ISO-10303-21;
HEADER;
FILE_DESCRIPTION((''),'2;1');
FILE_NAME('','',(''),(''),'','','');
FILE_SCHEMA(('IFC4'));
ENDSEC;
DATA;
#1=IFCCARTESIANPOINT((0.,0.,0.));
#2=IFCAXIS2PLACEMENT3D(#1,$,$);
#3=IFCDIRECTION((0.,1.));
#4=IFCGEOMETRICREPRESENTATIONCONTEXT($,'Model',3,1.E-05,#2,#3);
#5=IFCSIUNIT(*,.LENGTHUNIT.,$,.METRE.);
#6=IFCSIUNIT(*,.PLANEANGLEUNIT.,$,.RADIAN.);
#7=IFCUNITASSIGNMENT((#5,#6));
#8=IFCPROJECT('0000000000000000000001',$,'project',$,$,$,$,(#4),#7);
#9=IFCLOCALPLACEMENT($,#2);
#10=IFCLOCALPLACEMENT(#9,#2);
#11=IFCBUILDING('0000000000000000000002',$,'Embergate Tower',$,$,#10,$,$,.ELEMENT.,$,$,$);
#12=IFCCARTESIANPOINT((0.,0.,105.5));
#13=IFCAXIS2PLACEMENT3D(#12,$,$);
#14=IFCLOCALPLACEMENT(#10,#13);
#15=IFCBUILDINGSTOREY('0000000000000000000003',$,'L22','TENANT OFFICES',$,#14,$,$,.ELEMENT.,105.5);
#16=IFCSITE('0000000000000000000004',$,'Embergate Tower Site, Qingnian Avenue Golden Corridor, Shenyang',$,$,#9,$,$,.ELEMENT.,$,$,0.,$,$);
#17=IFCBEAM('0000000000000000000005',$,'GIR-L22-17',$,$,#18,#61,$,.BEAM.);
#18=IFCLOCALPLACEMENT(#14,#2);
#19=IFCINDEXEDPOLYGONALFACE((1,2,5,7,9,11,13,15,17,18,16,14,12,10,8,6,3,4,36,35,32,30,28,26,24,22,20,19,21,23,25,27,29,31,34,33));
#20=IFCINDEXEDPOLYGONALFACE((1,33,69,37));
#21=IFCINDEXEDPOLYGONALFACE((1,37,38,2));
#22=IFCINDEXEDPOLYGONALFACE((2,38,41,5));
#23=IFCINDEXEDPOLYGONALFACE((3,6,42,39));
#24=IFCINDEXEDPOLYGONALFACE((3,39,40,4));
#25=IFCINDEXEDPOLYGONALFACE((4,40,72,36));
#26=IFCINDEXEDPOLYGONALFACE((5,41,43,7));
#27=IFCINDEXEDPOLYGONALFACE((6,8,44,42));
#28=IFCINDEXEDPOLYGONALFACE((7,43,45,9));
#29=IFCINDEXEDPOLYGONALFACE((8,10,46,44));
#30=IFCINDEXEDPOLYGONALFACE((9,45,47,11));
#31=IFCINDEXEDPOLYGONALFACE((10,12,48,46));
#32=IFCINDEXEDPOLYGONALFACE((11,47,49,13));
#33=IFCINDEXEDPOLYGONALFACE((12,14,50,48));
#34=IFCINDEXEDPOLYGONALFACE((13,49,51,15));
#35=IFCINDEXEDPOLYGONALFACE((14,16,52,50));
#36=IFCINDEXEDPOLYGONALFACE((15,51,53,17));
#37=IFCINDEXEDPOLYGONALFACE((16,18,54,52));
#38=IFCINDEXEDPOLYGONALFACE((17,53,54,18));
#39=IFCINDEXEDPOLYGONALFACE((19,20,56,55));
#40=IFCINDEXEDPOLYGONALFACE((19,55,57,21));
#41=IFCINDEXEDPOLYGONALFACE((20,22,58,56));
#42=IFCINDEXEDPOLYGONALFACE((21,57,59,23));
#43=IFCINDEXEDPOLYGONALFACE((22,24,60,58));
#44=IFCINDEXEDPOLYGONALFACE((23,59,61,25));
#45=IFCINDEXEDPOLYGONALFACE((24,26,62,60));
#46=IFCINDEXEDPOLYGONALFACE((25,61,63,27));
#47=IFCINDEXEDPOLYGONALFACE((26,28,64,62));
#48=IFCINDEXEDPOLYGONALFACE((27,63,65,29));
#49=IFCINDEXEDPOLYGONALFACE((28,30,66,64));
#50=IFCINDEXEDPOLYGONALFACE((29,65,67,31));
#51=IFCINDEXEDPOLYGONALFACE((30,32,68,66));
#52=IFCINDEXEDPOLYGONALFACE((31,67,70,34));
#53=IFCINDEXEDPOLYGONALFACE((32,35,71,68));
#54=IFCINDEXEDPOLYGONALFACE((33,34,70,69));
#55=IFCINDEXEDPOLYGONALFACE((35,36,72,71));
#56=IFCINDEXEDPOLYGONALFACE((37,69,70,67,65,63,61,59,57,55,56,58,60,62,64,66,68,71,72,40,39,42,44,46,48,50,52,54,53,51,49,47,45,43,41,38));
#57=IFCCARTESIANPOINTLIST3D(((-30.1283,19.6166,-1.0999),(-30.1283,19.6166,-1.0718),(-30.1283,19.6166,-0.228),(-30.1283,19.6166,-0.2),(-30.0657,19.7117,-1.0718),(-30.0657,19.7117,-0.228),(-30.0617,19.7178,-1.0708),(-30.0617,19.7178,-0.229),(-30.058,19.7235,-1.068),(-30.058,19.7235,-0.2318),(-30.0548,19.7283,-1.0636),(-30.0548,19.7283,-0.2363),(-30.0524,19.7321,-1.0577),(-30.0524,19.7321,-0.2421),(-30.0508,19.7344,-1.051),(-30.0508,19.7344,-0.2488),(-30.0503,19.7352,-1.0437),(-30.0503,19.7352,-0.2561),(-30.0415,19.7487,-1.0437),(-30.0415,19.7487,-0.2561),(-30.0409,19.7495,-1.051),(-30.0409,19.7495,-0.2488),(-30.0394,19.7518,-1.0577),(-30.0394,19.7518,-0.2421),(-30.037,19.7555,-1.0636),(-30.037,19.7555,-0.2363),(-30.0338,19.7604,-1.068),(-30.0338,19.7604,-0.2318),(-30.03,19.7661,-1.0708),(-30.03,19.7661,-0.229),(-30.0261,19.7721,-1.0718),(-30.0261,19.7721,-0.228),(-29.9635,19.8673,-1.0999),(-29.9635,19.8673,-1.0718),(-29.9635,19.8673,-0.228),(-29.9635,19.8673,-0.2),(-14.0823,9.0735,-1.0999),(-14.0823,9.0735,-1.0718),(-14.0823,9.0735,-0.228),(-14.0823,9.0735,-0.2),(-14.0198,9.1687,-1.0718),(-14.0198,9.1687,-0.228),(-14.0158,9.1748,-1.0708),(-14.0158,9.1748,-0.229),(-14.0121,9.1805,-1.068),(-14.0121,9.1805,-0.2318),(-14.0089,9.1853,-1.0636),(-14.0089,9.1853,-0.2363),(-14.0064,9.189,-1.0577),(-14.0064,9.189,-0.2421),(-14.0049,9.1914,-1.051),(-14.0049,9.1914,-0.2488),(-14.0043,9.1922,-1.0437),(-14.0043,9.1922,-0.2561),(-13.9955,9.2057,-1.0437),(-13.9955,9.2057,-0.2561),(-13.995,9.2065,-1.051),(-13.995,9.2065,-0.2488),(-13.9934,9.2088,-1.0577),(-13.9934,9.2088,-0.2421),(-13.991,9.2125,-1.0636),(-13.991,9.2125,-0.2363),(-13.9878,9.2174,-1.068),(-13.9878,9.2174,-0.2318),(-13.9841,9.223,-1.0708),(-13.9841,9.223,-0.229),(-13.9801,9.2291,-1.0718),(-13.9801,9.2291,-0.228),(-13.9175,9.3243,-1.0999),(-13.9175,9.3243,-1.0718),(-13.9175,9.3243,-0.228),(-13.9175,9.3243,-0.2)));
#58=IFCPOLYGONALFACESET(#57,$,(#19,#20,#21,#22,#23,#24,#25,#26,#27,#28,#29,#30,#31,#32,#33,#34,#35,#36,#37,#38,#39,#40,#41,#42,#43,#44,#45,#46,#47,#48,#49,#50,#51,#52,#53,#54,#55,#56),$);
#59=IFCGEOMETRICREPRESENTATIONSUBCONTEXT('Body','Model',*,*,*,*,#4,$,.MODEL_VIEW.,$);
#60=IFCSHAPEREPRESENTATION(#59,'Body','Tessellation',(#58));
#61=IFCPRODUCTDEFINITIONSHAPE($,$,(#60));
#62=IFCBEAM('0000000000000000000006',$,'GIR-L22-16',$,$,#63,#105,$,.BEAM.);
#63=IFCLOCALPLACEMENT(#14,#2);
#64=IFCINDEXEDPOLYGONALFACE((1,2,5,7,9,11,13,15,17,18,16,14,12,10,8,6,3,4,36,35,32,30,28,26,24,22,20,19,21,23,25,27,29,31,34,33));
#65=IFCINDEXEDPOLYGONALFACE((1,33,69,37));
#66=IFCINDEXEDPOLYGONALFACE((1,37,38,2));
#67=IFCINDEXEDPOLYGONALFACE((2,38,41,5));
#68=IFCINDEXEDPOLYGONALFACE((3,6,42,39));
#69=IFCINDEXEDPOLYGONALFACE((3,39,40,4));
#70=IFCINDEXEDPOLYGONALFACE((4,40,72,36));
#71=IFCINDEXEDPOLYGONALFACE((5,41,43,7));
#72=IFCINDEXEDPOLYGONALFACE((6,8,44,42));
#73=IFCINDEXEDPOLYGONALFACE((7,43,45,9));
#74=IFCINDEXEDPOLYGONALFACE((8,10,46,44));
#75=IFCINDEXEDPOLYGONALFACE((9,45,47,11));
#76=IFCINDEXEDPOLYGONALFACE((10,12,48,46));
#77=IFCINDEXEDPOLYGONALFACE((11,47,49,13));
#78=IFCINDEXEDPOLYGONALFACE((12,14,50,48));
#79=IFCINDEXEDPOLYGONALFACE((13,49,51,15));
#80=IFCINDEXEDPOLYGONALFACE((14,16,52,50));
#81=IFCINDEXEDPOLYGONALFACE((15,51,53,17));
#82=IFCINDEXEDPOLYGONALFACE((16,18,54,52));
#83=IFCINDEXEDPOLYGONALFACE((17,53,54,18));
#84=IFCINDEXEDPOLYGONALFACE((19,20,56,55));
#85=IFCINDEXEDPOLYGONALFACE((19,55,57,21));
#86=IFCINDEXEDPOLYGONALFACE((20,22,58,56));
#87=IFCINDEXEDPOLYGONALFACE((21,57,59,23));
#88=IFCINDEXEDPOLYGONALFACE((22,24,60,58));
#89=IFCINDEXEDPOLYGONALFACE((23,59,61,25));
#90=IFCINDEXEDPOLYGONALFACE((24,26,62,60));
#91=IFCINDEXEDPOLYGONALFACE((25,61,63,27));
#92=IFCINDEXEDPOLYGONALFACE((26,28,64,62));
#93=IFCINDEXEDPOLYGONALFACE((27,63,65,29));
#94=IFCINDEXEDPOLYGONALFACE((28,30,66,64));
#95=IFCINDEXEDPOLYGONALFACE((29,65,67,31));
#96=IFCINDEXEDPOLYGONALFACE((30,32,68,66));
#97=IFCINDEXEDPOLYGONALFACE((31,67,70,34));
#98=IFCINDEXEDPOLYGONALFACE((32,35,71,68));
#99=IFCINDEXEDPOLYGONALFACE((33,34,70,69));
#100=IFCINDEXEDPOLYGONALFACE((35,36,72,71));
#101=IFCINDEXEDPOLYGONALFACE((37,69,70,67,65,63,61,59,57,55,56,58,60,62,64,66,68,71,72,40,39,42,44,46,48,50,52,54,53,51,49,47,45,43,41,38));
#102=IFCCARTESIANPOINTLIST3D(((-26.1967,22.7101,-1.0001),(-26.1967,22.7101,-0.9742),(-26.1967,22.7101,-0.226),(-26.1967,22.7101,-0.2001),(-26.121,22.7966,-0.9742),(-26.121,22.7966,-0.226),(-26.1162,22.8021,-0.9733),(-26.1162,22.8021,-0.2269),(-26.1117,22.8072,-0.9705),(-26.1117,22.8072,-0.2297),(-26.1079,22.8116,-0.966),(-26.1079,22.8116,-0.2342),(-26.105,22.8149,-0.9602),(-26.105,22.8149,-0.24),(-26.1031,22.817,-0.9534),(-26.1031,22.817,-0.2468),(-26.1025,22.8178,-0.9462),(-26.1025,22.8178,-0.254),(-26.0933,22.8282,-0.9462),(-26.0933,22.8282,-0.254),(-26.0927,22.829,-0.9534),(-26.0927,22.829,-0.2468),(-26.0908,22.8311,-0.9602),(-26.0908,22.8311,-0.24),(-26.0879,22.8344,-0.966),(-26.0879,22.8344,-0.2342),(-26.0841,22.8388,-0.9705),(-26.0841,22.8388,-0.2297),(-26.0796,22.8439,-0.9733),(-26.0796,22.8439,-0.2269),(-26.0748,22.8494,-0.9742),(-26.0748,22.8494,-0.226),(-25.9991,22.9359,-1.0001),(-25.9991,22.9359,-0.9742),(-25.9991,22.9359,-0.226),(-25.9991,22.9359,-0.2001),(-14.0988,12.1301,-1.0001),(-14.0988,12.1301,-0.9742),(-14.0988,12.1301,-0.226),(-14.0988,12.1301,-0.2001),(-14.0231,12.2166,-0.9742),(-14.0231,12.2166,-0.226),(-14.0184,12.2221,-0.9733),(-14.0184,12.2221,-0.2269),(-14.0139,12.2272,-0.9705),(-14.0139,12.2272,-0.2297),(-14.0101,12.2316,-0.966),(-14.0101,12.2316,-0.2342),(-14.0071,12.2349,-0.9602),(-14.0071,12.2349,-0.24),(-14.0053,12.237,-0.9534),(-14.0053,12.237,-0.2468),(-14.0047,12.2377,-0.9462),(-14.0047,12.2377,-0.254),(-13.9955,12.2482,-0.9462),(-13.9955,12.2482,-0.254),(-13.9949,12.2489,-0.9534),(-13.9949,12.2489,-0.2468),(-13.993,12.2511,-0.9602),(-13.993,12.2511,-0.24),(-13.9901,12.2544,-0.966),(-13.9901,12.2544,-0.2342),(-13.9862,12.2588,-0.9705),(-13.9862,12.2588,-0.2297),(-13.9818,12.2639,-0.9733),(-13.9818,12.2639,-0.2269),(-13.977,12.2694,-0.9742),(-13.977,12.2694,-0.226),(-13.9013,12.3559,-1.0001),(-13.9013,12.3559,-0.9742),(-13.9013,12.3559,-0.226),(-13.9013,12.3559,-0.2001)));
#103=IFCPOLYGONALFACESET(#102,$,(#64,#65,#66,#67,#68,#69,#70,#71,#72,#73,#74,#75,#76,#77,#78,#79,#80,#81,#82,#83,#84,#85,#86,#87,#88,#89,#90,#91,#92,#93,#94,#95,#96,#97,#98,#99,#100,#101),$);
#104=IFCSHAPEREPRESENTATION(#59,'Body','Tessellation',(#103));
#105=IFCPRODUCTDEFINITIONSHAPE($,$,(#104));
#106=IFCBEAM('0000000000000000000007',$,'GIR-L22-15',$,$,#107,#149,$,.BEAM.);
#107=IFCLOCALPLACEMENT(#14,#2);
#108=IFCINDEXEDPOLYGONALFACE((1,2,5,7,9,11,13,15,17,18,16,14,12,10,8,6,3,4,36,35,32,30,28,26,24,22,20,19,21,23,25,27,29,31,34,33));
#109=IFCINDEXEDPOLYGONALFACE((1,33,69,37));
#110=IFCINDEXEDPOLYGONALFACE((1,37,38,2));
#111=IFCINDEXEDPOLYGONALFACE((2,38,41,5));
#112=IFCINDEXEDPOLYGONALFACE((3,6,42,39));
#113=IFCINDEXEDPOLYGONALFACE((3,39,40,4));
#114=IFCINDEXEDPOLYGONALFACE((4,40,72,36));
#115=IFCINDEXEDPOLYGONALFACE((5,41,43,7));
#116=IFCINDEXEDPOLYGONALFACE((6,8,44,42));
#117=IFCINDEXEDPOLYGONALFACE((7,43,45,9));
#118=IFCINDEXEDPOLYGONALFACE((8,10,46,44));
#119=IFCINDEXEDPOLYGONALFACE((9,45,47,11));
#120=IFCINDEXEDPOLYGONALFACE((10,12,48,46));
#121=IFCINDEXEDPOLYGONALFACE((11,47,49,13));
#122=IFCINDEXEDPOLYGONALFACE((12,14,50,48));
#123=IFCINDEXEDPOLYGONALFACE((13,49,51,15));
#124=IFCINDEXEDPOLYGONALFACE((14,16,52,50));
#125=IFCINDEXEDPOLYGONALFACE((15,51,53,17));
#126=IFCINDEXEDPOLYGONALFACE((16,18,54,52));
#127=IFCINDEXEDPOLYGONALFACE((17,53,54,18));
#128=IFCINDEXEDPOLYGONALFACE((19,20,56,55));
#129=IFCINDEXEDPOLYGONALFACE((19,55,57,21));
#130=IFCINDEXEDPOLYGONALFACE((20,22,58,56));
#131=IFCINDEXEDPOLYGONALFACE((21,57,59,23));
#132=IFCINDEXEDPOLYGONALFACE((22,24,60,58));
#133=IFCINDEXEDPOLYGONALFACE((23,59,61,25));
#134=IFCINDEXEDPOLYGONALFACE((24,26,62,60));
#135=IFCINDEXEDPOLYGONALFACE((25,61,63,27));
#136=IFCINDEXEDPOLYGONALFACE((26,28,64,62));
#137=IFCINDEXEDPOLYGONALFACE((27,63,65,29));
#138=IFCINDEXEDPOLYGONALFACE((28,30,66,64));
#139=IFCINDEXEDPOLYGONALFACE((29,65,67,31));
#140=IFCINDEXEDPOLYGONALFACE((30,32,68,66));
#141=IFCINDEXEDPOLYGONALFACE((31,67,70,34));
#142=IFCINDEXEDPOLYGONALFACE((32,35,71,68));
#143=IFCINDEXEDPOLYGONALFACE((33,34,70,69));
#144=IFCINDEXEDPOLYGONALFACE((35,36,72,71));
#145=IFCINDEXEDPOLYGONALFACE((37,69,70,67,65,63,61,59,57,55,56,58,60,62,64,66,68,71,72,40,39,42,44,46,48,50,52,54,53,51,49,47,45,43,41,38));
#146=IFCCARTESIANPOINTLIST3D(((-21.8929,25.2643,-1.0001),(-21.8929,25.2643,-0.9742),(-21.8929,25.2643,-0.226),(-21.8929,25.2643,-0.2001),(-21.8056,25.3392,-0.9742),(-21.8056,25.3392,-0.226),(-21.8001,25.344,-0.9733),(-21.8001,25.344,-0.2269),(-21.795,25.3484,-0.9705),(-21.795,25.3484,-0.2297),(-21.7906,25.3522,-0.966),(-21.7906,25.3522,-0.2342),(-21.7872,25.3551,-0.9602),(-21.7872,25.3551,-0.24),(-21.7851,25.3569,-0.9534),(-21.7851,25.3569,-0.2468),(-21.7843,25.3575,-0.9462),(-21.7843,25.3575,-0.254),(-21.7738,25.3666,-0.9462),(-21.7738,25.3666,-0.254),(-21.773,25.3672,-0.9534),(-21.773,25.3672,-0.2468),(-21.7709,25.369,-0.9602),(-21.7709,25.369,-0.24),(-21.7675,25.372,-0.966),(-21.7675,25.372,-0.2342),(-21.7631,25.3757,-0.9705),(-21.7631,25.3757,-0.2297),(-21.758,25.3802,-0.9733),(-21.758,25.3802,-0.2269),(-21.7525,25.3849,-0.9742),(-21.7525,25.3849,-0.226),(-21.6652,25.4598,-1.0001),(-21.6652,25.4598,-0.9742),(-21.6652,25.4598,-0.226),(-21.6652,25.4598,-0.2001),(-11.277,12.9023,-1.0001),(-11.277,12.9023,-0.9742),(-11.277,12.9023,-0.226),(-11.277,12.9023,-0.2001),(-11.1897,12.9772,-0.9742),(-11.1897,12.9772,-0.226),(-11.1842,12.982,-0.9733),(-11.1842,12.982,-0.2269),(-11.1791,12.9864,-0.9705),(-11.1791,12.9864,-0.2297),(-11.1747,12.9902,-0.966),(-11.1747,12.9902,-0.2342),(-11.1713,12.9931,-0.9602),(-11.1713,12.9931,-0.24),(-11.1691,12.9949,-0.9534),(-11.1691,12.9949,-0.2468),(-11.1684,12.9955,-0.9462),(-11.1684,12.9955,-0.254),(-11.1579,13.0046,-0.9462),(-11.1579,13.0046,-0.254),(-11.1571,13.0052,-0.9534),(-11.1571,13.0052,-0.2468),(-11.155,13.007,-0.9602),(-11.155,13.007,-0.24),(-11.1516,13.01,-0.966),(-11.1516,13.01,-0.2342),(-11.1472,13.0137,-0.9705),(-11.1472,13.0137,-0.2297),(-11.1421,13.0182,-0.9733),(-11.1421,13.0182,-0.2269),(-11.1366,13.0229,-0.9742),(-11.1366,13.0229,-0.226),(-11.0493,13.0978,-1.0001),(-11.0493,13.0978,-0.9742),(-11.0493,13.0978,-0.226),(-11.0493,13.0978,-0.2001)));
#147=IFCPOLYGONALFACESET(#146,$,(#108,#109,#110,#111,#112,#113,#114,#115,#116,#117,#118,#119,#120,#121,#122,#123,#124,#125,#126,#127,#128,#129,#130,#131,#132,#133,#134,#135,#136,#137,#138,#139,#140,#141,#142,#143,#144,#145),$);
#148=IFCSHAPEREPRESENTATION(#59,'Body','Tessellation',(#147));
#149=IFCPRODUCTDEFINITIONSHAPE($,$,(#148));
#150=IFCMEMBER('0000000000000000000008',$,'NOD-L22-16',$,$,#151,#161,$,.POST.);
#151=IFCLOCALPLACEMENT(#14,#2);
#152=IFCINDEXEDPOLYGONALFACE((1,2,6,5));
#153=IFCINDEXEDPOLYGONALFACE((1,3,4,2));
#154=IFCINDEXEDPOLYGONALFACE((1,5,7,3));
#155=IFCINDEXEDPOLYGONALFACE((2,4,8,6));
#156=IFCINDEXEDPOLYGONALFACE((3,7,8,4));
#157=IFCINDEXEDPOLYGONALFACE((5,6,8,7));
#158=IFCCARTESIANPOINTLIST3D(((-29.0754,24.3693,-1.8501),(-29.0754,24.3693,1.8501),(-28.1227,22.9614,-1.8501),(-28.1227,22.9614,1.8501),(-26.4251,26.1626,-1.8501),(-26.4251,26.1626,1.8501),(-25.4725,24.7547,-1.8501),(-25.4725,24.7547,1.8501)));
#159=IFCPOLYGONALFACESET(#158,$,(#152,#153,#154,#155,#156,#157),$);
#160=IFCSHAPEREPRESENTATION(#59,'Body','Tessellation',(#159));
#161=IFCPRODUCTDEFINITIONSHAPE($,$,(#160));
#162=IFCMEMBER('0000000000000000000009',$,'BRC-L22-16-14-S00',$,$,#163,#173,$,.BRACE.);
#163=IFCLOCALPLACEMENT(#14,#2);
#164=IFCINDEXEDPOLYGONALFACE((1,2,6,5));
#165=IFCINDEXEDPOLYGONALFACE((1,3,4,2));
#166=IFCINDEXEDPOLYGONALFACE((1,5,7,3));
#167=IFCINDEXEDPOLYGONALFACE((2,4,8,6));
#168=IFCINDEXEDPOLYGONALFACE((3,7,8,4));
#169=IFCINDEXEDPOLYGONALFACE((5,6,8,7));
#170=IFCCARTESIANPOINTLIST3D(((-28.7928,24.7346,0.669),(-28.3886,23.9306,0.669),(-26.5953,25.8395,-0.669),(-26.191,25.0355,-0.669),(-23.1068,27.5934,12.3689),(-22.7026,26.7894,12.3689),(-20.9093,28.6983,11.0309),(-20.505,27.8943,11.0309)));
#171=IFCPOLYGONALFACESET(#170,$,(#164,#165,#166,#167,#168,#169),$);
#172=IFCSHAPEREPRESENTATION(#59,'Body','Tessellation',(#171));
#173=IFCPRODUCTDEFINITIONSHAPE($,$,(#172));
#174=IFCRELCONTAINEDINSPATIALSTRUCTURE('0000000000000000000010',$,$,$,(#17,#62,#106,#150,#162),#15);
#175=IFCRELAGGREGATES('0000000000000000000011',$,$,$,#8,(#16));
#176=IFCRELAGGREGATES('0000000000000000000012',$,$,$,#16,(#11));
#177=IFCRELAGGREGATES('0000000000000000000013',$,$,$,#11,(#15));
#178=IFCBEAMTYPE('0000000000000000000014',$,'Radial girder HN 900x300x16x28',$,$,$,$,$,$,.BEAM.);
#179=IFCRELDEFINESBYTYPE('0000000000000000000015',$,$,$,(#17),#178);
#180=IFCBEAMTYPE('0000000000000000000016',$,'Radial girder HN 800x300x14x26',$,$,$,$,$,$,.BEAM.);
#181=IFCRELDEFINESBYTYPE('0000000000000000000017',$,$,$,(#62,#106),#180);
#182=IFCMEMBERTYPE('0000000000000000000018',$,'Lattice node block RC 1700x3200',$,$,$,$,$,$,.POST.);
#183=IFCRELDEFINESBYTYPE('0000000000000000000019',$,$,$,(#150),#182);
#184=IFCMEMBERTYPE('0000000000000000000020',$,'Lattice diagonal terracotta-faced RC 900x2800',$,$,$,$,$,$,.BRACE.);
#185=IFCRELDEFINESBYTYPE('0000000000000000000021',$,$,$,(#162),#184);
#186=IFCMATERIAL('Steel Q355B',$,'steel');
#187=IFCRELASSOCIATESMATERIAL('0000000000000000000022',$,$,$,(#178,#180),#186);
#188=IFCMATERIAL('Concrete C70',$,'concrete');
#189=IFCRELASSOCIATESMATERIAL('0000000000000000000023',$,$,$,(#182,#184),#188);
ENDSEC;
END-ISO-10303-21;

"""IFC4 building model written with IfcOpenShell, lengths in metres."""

from ifc_helpers import new_model, si_unit, direction, frame, origin, origin_2d, place, context, subcontext, project, spatial, rectangle, i_section, extrude, source, transform, mapped, material, material_profile, profile_set, type_object, element, save


model = new_model("IFC4")

# Units and contexts
model_context = context("Model", 3, precision=1e-05, world=origin(), true_north=direction((0.0, 1.0)))
body_context = subcontext(model_context, "Body", "Model", "MODEL_VIEW")
ifc_project = project(units=[si_unit("LENGTHUNIT", "METRE"), si_unit("PLANEANGLEUNIT", "RADIAN")], contexts=[model_context])

# Site, building, storey
site_placement = place(None, origin())
site = spatial("IfcSite", under=ifc_project, at=site_placement, Name="Embergate Tower Site, Qingnian Avenue Golden Corridor, Shenyang", CompositionType="ELEMENT", RefElevation=0.0)
building_placement = place(site_placement, origin())
building = spatial("IfcBuilding", under=site, at=building_placement, Name="Embergate Tower", CompositionType="ELEMENT")
storey_placement = place(building_placement, frame((0.0, 0.0, 105.5)))
storey = spatial("IfcBuildingStorey", under=building, at=storey_placement, Name="L22", Description="TENANT OFFICES", CompositionType="ELEMENT", Elevation=105.5)

# Shared definitions
ifc_material_1 = material(Name="Concrete C70", Category="concrete")

# Beams
ifc_material_2 = material(Name="Steel Q355B", Category="steel")
ifc_material_profile_1 = material_profile(ifc_material_2, i_section(OverallWidth=0.3, OverallDepth=0.8999, WebThickness=0.0161, FlangeThickness=0.0281, FilletRadius=0.0281, at=origin_2d()), Name="HN 900x300x16x28")
ifc_profile_set_1 = profile_set([ifc_material_profile_1], Name="Steel Q355 grade B")
beam_type_1 = type_object("IfcBeamType", Name="Radial girder HN 900x300x16x28", PredefinedType="BEAM", material=ifc_profile_set_1)
shared_shape_1 = source(origin(), body_context, "Body", "SweptSolid", [
    extrude(i_section(OverallWidth=0.3, OverallDepth=0.8999, WebThickness=0.0161, FlangeThickness=0.0281, FilletRadius=0.0281, at=origin_2d()), origin(), (0.0, 0.0, 1.0), 19.1997),
])
beam_1_placement = place(storey_placement, frame((-30.0459, 19.7419, -0.6499), z_axis=(0.835741, -0.549124, 0.0), x_axis=(0.549124, 0.835741, 0.0)))
element("IfcBeam", 1, at=beam_1_placement, inside=storey, type_object=beam_type_1, Name="GIR-L22-17", PredefinedType="BEAM", context=body_context, shape_type="MappedRepresentation", body=[
    mapped(shared_shape_1, transform((0.0, 0.0, 0.0))),
])
ifc_material_profile_2 = material_profile(ifc_material_2, i_section(OverallWidth=0.3, OverallDepth=0.8, WebThickness=0.0139, FlangeThickness=0.0259, FilletRadius=0.0281, at=origin_2d()), Name="HN 800x300x14x26")
ifc_profile_set_2 = profile_set([ifc_material_profile_2], Name="Steel Q355 grade B")
beam_type_2 = type_object("IfcBeamType", Name="Radial girder HN 800x300x14x26", PredefinedType="BEAM", material=ifc_profile_set_2)
shared_shape_2 = source(origin(), body_context, "Body", "SweptSolid", [
    extrude(i_section(OverallWidth=0.3, OverallDepth=0.8, WebThickness=0.0139, FlangeThickness=0.0259, FilletRadius=0.0281, at=origin_2d()), origin(), (0.0, 0.0, 1.0), 16.0715),
])
beam_2_placement = place(storey_placement, frame((-26.0979, 22.823, -0.6001), z_axis=(0.752749, -0.658308, 0.0), x_axis=(0.658308, 0.752749, 0.0)))
element("IfcBeam", 2, at=beam_2_placement, inside=storey, type_object=beam_type_2, Name="GIR-L22-16", PredefinedType="BEAM", context=body_context, shape_type="MappedRepresentation", body=[
    mapped(shared_shape_2, transform((0.0, 0.0, 0.0))),
])
shared_shape_3 = source(origin(), body_context, "Body", "SweptSolid", [
    extrude(i_section(OverallWidth=0.3, OverallDepth=0.8, WebThickness=0.0139, FlangeThickness=0.0259, FilletRadius=0.0281, at=origin_2d()), origin(), (0.0, 0.0, 1.0), 16.2947),
])
beam_3_placement = place(storey_placement, frame((-21.7791, 25.3621, -0.6001), z_axis=(0.651496, -0.758652, 0.0), x_axis=(0.758652, 0.651496, 0.0)))
element("IfcBeam", 3, at=beam_3_placement, inside=storey, type_object=beam_type_2, Name="GIR-L22-15", PredefinedType="BEAM", context=body_context, shape_type="MappedRepresentation", body=[
    mapped(shared_shape_3, transform((0.0, 0.0, 0.0))),
])

# Members
ifc_material_profile_3 = material_profile(ifc_material_1, rectangle(XDim=1.7, YDim=3.2, at=origin_2d()), Name="RC 1700x3200")
ifc_profile_set_3 = profile_set([ifc_material_profile_3], Name="Concrete C70")
member_type_1 = type_object("IfcMemberType", Name="Lattice node block RC 1700x3200", PredefinedType="POST", material=ifc_profile_set_3)
shared_shape_4 = source(origin(), body_context, "Body", "SweptSolid", [
    extrude(rectangle(XDim=1.7, YDim=3.2, at=origin_2d()), origin(), (0.0, 0.0, 1.0), 3.7002),
])
member_1_placement = place(storey_placement, frame((-27.2739, 24.562, -1.8501), z_axis=(0.0, 0.0, 1.0), x_axis=(-0.560408, 0.828217, 0.0)))
element("IfcMember", 4, at=member_1_placement, inside=storey, type_object=member_type_1, Name="NOD-L22-16", PredefinedType="POST", context=body_context, shape_type="MappedRepresentation", body=[
    mapped(shared_shape_4, transform((0.0, 0.0, 0.0))),
])
ifc_material_profile_4 = material_profile(ifc_material_1, rectangle(XDim=0.8999, YDim=2.8, at=origin_2d()), Name="RC 900x2800")
ifc_profile_set_4 = profile_set([ifc_material_profile_4], Name="Concrete C70")
member_type_2 = type_object("IfcMemberType", Name="Lattice diagonal terracotta-faced RC 900x2800", PredefinedType="BRACE", material=ifc_profile_set_4)
shared_shape_5 = source(origin(), body_context, "Body", "SweptSolid", [
    extrude(rectangle(XDim=0.8999, YDim=2.8, at=origin_2d()), origin(), (0.0, 0.0, 1.0), 13.3188),
])
member_2_placement = place(storey_placement, frame((-27.4919, 24.885, 0.0), z_axis=(0.426915, 0.214649, 0.878447), x_axis=(-0.449207, 0.893428, 0.0)))
element("IfcMember", 5, at=member_2_placement, inside=storey, type_object=member_type_2, Name="BRC-L22-16-14-S00", PredefinedType="BRACE", context=body_context, shape_type="MappedRepresentation", body=[
    mapped(shared_shape_5, transform((0.0, 0.0, 0.0))),
])

save(model, "model.ifc")
